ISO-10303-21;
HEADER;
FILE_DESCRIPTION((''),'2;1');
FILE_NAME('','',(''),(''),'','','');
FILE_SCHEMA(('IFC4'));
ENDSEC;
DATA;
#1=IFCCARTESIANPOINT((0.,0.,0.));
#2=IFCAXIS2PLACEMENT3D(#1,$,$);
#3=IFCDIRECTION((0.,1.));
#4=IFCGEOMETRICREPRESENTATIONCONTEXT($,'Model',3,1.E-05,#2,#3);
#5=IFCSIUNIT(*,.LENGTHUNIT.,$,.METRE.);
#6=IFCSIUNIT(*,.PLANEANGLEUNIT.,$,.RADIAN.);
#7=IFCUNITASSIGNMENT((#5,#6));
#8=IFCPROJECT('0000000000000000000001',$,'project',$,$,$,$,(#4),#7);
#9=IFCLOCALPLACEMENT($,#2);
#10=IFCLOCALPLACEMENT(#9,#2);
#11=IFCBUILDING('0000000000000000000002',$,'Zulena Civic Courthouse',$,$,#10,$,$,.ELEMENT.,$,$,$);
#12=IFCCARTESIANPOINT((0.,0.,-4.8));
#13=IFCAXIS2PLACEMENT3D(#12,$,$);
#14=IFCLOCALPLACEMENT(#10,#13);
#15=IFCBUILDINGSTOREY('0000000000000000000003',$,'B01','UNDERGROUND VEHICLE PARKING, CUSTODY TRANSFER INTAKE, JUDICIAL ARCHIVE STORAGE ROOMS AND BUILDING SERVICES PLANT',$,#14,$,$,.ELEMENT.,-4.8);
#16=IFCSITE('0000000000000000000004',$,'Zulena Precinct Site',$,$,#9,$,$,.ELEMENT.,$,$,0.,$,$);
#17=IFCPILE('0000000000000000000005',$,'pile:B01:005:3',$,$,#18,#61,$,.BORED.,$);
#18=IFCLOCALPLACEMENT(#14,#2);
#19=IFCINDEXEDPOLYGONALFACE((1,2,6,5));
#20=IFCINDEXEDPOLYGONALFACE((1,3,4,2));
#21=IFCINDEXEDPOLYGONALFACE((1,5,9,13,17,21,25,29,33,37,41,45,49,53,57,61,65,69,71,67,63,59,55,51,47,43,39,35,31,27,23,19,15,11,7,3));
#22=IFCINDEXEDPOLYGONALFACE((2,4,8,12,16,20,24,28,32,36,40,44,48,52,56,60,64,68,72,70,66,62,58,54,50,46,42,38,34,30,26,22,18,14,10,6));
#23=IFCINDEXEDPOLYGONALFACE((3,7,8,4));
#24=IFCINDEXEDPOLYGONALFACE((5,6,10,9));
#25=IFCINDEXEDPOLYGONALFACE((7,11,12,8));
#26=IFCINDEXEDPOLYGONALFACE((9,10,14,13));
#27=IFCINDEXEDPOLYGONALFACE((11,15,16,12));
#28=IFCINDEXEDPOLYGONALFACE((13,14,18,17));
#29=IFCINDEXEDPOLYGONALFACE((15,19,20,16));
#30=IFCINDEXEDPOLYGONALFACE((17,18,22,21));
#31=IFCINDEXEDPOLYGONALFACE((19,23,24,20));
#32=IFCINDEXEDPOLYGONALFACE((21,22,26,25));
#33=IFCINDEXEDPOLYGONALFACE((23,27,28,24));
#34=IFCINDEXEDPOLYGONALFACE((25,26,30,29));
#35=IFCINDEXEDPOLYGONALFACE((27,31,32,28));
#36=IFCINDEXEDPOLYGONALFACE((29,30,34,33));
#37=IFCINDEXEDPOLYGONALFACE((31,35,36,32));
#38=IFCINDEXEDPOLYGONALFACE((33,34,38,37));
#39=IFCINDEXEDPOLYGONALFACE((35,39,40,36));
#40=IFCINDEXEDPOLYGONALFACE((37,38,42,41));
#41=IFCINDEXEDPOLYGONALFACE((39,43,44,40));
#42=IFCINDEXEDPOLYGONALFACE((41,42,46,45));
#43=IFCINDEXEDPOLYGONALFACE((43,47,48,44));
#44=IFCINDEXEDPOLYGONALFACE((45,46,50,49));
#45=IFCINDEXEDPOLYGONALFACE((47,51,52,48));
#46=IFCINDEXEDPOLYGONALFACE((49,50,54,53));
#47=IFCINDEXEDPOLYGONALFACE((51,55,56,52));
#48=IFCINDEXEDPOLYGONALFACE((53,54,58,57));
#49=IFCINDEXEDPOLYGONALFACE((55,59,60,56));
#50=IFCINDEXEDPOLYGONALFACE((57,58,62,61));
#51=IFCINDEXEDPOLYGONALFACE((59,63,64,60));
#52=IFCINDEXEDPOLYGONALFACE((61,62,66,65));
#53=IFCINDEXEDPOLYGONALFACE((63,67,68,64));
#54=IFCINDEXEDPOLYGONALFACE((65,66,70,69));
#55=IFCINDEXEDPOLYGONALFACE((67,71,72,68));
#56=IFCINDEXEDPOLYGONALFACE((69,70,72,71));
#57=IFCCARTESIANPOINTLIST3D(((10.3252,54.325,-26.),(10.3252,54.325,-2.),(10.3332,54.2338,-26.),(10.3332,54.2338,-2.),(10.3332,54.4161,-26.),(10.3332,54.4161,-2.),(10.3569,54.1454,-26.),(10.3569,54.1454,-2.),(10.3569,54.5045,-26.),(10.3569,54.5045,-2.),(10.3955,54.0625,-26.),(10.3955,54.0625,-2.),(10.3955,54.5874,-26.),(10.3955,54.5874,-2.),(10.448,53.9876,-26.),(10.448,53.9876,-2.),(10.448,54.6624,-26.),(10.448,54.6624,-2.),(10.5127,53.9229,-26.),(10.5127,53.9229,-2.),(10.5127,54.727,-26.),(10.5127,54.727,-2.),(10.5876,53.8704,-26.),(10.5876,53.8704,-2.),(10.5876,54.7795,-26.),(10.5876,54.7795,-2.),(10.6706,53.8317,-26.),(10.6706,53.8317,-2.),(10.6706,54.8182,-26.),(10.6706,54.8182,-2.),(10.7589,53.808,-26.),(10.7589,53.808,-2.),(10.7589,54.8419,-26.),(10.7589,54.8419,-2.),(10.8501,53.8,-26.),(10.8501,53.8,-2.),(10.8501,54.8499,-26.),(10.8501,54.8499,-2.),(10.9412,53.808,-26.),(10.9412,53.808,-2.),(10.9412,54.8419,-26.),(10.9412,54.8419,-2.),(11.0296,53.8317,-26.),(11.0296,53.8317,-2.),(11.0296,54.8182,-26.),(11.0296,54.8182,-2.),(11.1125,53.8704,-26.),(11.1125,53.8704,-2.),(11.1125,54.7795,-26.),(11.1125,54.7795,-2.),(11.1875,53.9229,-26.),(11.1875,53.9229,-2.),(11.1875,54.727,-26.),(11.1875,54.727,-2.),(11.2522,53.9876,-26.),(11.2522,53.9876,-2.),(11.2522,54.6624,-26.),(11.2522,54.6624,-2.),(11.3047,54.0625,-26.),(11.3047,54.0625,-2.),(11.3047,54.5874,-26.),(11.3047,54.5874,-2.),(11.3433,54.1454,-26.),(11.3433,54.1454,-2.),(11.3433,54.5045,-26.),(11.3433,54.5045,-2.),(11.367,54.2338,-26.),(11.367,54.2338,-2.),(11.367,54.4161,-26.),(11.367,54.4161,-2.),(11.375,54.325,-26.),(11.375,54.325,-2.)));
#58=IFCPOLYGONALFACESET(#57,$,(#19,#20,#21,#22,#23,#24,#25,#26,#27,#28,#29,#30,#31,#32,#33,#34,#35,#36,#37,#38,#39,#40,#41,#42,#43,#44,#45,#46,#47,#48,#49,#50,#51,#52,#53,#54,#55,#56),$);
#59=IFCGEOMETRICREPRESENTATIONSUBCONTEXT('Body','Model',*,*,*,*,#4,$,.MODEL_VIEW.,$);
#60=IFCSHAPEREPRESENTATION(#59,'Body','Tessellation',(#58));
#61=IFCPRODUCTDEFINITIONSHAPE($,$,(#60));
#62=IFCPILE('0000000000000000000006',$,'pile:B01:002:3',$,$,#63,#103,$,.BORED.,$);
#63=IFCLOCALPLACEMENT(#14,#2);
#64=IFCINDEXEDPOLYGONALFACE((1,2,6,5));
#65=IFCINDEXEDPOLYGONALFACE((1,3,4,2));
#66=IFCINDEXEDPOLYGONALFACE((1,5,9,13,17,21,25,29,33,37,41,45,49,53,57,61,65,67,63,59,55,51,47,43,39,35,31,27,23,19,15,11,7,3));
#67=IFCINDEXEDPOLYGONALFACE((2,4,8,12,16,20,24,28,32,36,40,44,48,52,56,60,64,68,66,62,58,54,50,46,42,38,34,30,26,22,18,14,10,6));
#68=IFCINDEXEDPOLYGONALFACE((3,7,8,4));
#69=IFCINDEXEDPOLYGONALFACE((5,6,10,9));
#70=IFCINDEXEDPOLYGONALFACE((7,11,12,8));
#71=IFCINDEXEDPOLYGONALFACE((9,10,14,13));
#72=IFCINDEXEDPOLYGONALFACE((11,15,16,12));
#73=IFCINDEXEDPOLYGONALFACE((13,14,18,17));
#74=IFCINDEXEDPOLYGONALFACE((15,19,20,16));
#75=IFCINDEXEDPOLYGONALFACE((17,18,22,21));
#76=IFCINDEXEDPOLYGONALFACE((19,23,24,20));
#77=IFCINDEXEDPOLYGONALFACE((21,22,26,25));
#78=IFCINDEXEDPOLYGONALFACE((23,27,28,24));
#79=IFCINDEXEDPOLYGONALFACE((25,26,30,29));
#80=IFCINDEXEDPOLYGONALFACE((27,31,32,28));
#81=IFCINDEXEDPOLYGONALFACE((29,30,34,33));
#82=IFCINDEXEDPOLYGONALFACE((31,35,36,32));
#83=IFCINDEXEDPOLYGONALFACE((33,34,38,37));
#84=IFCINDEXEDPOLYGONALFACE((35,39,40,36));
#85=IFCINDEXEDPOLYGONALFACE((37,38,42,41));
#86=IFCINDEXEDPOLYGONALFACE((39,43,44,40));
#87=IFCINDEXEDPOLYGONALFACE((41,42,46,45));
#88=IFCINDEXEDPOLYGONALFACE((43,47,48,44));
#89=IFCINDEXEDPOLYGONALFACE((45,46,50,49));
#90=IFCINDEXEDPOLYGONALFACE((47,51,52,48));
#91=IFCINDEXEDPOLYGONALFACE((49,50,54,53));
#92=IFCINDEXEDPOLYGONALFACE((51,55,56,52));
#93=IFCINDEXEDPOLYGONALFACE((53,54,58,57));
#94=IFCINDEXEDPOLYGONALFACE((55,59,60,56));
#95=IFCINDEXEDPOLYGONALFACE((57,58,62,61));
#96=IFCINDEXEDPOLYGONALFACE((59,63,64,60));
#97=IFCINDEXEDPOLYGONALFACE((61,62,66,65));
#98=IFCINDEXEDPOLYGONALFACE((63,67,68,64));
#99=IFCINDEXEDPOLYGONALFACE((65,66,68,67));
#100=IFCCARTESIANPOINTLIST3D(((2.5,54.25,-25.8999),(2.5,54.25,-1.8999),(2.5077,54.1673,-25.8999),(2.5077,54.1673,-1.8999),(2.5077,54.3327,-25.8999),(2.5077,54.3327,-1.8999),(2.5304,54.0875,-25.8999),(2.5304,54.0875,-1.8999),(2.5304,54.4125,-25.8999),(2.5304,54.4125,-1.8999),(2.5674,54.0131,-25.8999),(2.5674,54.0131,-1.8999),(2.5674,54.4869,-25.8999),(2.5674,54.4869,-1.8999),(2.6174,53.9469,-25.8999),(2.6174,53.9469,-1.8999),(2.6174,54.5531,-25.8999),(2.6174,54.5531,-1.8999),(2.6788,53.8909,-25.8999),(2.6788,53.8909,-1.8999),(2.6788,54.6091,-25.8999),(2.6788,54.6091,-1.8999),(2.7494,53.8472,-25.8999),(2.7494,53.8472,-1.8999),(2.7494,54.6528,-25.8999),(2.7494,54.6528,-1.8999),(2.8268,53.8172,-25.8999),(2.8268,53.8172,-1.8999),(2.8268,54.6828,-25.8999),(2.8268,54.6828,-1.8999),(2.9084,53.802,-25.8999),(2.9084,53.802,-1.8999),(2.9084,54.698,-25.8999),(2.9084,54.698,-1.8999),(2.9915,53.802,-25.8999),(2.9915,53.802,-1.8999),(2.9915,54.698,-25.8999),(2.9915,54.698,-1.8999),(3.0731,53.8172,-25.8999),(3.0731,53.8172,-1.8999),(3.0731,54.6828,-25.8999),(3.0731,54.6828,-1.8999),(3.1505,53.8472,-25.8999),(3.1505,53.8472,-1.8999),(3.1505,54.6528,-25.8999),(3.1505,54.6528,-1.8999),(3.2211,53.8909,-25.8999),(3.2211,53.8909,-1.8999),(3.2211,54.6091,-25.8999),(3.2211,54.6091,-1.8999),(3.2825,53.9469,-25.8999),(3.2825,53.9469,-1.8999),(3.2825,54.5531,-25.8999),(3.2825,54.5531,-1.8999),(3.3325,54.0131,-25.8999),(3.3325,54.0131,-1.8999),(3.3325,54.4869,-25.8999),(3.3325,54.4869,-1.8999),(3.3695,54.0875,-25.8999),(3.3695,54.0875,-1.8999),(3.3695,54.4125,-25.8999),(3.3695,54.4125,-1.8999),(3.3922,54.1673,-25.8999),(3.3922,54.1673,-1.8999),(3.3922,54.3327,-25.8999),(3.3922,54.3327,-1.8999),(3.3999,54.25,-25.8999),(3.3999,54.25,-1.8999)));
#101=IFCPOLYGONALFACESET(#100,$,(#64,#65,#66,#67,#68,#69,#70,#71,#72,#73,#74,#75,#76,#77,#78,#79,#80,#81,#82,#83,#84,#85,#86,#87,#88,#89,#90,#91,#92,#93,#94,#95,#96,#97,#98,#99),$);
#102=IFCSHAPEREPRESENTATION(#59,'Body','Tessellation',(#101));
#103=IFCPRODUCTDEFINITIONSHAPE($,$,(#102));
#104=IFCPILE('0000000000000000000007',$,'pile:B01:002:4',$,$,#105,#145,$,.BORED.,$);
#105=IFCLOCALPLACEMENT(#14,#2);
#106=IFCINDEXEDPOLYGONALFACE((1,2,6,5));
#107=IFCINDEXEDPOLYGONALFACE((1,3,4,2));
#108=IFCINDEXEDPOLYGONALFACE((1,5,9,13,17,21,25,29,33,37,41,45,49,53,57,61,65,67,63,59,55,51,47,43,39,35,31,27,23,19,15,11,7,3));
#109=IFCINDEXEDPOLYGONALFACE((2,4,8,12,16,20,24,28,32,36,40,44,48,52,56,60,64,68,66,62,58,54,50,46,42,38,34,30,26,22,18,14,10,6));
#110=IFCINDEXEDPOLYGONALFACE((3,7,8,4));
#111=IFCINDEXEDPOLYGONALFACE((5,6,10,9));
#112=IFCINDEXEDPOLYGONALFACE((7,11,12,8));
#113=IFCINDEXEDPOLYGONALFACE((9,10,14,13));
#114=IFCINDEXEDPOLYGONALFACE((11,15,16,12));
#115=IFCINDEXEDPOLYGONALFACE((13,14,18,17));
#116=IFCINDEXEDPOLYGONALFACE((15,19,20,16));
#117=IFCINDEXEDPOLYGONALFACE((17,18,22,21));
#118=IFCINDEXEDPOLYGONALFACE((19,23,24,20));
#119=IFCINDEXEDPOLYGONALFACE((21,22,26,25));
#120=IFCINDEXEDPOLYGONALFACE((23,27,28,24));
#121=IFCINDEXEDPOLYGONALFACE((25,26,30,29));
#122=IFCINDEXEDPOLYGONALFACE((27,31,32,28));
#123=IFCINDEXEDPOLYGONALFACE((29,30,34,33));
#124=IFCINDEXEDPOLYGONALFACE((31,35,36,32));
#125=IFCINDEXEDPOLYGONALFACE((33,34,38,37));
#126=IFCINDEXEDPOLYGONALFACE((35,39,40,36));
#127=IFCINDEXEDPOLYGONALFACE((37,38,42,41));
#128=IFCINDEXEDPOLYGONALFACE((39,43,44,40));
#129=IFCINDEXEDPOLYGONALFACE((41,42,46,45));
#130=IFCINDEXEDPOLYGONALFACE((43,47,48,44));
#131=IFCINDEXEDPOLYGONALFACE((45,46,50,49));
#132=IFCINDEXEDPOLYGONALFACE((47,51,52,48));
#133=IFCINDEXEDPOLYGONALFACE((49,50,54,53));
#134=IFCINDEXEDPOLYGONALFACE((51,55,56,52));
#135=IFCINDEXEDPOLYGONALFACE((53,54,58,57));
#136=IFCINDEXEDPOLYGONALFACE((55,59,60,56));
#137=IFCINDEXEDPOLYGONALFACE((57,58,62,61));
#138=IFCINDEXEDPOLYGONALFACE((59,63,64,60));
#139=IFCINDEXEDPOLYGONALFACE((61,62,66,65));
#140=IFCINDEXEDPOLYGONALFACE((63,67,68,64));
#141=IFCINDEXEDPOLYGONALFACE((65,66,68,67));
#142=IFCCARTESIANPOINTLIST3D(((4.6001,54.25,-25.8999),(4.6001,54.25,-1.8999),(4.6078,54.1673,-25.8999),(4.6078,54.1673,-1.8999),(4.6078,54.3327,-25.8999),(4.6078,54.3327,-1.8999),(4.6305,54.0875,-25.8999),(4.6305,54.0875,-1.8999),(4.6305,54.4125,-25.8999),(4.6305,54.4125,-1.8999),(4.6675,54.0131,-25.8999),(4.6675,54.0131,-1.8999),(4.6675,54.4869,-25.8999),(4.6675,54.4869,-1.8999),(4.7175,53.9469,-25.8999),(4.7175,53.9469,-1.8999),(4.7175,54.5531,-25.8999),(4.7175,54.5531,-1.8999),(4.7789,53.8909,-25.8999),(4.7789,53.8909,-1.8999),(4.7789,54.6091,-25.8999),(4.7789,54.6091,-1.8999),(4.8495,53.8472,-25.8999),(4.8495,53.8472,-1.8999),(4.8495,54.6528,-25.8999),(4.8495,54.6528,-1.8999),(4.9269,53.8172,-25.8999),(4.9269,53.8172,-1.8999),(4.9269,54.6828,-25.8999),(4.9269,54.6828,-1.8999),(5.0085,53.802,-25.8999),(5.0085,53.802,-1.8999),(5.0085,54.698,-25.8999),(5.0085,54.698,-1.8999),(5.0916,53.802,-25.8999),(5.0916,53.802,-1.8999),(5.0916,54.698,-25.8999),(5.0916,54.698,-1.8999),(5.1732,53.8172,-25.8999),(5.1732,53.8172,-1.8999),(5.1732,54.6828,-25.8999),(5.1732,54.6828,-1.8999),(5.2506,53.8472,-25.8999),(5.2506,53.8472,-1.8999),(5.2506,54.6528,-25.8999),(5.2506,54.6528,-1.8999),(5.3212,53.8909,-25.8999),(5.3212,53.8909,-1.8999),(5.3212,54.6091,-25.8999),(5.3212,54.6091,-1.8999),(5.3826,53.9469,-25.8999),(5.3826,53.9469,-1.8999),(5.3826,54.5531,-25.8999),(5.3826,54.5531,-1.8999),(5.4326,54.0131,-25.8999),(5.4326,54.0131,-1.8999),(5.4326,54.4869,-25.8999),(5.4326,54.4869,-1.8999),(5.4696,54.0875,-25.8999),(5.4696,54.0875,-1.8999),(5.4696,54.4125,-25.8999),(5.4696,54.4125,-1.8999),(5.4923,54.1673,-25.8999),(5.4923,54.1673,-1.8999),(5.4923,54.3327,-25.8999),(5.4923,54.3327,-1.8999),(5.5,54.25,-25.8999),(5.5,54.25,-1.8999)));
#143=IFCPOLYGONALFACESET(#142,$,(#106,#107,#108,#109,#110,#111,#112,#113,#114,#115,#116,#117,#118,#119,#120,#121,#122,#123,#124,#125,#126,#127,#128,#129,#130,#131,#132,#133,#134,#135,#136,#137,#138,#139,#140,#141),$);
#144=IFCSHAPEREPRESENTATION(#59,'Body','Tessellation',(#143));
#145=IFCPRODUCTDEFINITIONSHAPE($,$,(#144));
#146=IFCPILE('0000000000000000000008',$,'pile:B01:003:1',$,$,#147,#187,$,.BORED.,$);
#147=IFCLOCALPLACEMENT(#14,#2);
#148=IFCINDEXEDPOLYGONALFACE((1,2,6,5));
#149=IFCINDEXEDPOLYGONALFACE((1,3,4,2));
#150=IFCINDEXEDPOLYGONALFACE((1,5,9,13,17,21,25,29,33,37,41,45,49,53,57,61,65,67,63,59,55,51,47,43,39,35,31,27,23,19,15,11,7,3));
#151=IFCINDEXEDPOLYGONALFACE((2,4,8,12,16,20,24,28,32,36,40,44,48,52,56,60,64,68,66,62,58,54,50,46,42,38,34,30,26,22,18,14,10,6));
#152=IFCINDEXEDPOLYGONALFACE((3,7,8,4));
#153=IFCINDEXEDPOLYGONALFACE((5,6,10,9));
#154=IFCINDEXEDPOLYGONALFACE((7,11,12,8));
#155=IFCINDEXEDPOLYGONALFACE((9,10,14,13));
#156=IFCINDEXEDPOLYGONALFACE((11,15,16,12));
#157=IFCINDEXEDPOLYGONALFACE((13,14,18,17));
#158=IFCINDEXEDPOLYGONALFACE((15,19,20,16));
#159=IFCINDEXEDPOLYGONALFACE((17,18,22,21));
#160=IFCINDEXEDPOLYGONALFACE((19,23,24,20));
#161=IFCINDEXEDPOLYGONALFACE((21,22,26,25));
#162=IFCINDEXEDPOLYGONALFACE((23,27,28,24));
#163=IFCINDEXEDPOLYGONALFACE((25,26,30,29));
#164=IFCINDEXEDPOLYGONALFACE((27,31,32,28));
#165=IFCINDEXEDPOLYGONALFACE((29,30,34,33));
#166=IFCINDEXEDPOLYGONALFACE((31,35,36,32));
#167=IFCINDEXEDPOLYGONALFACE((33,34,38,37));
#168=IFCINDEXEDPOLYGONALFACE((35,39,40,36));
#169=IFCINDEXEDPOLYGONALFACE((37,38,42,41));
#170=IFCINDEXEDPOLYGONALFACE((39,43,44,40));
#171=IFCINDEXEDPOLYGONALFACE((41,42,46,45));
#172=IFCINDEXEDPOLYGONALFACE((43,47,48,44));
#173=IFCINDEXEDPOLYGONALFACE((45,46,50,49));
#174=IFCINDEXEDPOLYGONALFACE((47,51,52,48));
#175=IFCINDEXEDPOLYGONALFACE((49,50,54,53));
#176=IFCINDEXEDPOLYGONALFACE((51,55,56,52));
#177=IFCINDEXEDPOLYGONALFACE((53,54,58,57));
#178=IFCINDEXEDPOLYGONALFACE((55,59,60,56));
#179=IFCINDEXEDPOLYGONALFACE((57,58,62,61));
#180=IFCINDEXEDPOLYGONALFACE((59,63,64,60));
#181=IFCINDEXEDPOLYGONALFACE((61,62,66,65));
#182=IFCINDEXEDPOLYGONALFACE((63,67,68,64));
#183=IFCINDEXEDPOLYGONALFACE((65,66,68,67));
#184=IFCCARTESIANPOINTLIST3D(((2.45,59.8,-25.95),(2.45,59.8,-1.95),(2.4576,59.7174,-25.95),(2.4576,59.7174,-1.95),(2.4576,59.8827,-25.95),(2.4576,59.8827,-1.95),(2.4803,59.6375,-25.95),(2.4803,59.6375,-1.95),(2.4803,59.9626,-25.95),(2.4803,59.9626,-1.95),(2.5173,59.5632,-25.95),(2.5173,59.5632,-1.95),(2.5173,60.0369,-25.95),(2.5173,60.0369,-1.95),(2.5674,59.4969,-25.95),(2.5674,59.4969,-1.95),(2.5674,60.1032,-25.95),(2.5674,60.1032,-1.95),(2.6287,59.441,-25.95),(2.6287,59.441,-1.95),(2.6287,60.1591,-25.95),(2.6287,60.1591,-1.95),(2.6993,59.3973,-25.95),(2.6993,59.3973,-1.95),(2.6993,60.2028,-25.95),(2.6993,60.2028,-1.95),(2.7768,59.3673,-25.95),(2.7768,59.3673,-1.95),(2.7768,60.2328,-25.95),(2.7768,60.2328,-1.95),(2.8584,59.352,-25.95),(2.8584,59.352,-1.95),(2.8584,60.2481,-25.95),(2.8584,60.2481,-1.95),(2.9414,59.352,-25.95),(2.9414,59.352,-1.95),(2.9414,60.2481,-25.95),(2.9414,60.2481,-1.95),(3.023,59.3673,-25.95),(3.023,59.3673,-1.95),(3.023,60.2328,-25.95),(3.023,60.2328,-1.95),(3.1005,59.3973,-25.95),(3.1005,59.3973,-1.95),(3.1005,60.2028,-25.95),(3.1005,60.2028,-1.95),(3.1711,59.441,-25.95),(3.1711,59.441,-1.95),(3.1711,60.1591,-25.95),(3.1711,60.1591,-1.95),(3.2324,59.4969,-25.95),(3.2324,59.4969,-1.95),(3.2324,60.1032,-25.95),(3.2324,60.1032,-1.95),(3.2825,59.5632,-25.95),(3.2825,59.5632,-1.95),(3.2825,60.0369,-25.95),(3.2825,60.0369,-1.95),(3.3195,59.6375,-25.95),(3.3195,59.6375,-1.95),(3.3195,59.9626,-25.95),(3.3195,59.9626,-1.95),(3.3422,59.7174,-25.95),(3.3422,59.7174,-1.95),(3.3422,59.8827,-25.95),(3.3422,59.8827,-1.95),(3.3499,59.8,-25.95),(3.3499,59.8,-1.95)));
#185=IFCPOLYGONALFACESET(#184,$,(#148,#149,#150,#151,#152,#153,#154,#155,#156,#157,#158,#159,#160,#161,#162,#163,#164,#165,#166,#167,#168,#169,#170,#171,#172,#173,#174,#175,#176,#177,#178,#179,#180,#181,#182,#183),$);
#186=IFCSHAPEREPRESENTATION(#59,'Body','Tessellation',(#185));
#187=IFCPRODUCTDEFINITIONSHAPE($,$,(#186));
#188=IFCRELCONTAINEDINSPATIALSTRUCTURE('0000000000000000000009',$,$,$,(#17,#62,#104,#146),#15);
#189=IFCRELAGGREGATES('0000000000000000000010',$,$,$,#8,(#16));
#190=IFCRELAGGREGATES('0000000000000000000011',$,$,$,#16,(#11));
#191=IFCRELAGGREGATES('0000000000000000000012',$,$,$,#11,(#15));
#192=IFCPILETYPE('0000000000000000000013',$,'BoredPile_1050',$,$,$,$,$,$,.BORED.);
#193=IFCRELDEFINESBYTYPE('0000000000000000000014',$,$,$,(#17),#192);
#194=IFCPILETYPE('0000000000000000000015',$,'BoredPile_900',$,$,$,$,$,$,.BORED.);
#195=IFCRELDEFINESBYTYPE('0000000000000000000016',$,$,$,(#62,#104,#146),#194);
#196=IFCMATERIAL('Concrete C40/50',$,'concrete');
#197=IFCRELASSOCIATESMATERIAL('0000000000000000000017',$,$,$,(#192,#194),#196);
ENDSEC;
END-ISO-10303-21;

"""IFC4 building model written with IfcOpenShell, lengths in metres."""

from ifc_helpers import new_model, si_unit, direction, frame, origin, origin_2d, place, context, subcontext, project, spatial, circle, extrude, material, material_profile, profile_set, type_object, element, save


model = new_model("IFC4")

# Units and contexts
model_context = context("Model", 3, precision=1e-05, world=origin(), true_north=direction((0.0, 1.0)))
body_context = subcontext(model_context, "Body", "Model", "MODEL_VIEW")
ifc_project = project(units=[si_unit("LENGTHUNIT", "METRE"), si_unit("PLANEANGLEUNIT", "RADIAN")], contexts=[model_context])

# Site, building, storey
site_placement = place(None, origin())
site = spatial("IfcSite", under=ifc_project, at=site_placement, Name="Zulena Precinct Site", CompositionType="ELEMENT", RefElevation=0.0)
building_placement = place(site_placement, origin())
building = spatial("IfcBuilding", under=site, at=building_placement, Name="Zulena Civic Courthouse", CompositionType="ELEMENT")
storey_placement = place(building_placement, frame((0.0, 0.0, -4.8)))
storey = spatial("IfcBuildingStorey", under=building, at=storey_placement, Name="B01", Description="UNDERGROUND VEHICLE PARKING, CUSTODY TRANSFER INTAKE, JUDICIAL ARCHIVE STORAGE ROOMS AND BUILDING SERVICES PLANT", CompositionType="ELEMENT", Elevation=-4.8)

# Piles
ifc_material_1 = material(Name="Concrete C40/50", Category="concrete")
ifc_material_profile_1 = material_profile(ifc_material_1, circle(Radius=0.5249, at=origin_2d()), Name="PILE1050")
ifc_profile_set_1 = profile_set([ifc_material_profile_1], Name="Concrete C40/50")
pile_type_1 = type_object("IfcPileType", Name="BoredPile_1050", PredefinedType="BORED", material=ifc_profile_set_1)
pile_placement = place(storey_placement, frame((10.8501, 54.325, -2.0), z_axis=(0.0, 0.0, -1.0), x_axis=(1.0, 0.0, 0.0)))
element("IfcPile", 1, at=pile_placement, inside=storey, type_object=pile_type_1, Name="pile:B01:005:3", PredefinedType="BORED", context=body_context, shape_type="SweptSolid", body=[
    extrude(circle(Radius=0.5249, at=origin_2d()), origin(), (0.0, 0.0, 1.0), 24.0),
])
ifc_material_profile_2 = material_profile(ifc_material_1, circle(Radius=0.45, at=origin_2d()), Name="PILE900")
ifc_profile_set_2 = profile_set([ifc_material_profile_2], Name="Concrete C40/50")
pile_type_2 = type_object("IfcPileType", Name="BoredPile_900", PredefinedType="BORED", material=ifc_profile_set_2)
for number, where, z_axis, x_axis, name in (
    (2, (2.95, 54.25, -1.8999), (0.0, 0.0, -1.0), (1.0, 0.0, 0.0), "pile:B01:002:3"),
    (3, (5.05, 54.25, -1.8999), (0.0, 0.0, -1.0), (1.0, 0.0, 0.0), "pile:B01:002:4"),
    (4, (2.8999, 59.8, -1.95), (0.0, 0.0, -1.0), (1.0, 0.0, 0.0), "pile:B01:003:1"),
):
    element("IfcPile", number, at=place(storey_placement, frame(where, z_axis=z_axis, x_axis=x_axis)), inside=storey, type_object=pile_type_2, Name=name, PredefinedType="BORED", context=body_context, shape_type="SweptSolid", body=[
        extrude(circle(Radius=0.45, at=origin_2d()), origin(), (0.0, 0.0, 1.0), 24.0),
    ])

save(model, "model.ifc")
